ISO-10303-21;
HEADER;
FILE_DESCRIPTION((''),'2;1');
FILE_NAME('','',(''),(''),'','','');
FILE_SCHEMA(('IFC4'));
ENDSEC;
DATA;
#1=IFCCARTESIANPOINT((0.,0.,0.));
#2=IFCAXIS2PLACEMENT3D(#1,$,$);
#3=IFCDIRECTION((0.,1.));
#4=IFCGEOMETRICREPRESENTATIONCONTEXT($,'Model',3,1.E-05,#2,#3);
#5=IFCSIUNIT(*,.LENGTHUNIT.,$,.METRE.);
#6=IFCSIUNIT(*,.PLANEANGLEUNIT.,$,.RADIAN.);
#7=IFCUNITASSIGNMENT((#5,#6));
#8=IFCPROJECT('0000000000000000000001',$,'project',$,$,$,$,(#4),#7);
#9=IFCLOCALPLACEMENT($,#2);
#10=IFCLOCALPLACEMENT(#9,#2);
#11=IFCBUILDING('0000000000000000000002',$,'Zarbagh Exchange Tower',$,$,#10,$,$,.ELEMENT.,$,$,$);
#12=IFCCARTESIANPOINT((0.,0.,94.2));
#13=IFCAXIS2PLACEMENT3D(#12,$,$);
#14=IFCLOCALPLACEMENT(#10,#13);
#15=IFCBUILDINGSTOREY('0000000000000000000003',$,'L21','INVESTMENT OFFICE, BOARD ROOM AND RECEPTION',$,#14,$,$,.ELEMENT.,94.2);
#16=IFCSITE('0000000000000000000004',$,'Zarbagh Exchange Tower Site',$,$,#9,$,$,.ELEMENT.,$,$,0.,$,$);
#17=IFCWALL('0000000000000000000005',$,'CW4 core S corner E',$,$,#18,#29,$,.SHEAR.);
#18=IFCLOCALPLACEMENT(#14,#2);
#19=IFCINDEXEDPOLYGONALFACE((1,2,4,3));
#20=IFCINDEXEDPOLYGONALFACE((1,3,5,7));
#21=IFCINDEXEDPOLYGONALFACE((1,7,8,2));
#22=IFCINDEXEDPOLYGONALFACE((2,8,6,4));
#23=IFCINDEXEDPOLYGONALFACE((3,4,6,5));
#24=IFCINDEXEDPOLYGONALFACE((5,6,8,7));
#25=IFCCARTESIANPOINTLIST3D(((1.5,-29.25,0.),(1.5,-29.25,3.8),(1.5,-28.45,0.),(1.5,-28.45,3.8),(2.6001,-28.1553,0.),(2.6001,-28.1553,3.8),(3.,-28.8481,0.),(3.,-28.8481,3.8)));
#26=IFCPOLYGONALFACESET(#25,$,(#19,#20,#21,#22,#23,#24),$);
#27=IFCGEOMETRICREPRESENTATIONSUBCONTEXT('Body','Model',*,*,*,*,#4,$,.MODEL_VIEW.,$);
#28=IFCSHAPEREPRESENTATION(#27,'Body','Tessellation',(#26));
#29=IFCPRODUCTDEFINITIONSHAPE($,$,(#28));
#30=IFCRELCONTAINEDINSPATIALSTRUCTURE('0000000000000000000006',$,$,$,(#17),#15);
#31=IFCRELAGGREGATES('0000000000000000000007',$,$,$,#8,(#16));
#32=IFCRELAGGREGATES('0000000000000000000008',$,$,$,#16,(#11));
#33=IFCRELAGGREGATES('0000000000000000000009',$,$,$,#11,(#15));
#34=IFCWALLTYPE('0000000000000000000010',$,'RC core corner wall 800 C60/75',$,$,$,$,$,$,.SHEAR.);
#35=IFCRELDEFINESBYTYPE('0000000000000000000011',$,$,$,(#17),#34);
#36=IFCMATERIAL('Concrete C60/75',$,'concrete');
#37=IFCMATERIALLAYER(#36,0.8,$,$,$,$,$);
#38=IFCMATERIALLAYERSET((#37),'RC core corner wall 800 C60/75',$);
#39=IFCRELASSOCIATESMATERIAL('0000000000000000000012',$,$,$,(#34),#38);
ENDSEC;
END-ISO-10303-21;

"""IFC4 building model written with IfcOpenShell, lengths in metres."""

from ifc_helpers import new_model, si_unit, direction, frame, origin, place, context, subcontext, project, spatial, polyline, outline, extrude, material, layer, layer_set, type_object, element, save


model = new_model("IFC4")

# Units and contexts
model_context = context("Model", 3, precision=1e-05, world=origin(), true_north=direction((0.0, 1.0)))
body_context = subcontext(model_context, "Body", "Model", "MODEL_VIEW")
ifc_project = project(units=[si_unit("LENGTHUNIT", "METRE"), si_unit("PLANEANGLEUNIT", "RADIAN")], contexts=[model_context])

# Site, building, storey
site_placement = place(None, origin())
site = spatial("IfcSite", under=ifc_project, at=site_placement, Name="Zarbagh Exchange Tower Site", CompositionType="ELEMENT", RefElevation=0.0)
building_placement = place(site_placement, origin())
building = spatial("IfcBuilding", under=site, at=building_placement, Name="Zarbagh Exchange Tower", CompositionType="ELEMENT")
storey_placement = place(building_placement, frame((0.0, 0.0, 94.2)))
storey = spatial("IfcBuildingStorey", under=building, at=storey_placement, Name="L21", Description="INVESTMENT OFFICE, BOARD ROOM AND RECEPTION", CompositionType="ELEMENT", Elevation=94.2)

# Wall
ifc_material_1 = material(Name="Concrete C60/75", Category="concrete")
ifc_layer_1 = layer(ifc_material_1, 0.8)
ifc_layer_set_1 = layer_set([ifc_layer_1], Name="RC core corner wall 800 C60/75")
wall_type = type_object("IfcWallType", Name="RC core corner wall 800 C60/75", PredefinedType="SHEAR", material=ifc_layer_set_1)
wall_1_placement = place(storey_placement, origin())
element("IfcWall", 1, at=wall_1_placement, inside=storey, type_object=wall_type, Name="CW4 core S corner E", PredefinedType="SHEAR", context=body_context, shape_type="SweptSolid", body=[
    extrude(outline(polyline([(3.0, -28.8481), (1.5, -29.25), (1.5, -28.45), (2.6001, -28.1553), (3.0, -28.8481)])), origin(), (0.0, 0.0, 1.0), 3.8),
])

save(model, "model.ifc")
